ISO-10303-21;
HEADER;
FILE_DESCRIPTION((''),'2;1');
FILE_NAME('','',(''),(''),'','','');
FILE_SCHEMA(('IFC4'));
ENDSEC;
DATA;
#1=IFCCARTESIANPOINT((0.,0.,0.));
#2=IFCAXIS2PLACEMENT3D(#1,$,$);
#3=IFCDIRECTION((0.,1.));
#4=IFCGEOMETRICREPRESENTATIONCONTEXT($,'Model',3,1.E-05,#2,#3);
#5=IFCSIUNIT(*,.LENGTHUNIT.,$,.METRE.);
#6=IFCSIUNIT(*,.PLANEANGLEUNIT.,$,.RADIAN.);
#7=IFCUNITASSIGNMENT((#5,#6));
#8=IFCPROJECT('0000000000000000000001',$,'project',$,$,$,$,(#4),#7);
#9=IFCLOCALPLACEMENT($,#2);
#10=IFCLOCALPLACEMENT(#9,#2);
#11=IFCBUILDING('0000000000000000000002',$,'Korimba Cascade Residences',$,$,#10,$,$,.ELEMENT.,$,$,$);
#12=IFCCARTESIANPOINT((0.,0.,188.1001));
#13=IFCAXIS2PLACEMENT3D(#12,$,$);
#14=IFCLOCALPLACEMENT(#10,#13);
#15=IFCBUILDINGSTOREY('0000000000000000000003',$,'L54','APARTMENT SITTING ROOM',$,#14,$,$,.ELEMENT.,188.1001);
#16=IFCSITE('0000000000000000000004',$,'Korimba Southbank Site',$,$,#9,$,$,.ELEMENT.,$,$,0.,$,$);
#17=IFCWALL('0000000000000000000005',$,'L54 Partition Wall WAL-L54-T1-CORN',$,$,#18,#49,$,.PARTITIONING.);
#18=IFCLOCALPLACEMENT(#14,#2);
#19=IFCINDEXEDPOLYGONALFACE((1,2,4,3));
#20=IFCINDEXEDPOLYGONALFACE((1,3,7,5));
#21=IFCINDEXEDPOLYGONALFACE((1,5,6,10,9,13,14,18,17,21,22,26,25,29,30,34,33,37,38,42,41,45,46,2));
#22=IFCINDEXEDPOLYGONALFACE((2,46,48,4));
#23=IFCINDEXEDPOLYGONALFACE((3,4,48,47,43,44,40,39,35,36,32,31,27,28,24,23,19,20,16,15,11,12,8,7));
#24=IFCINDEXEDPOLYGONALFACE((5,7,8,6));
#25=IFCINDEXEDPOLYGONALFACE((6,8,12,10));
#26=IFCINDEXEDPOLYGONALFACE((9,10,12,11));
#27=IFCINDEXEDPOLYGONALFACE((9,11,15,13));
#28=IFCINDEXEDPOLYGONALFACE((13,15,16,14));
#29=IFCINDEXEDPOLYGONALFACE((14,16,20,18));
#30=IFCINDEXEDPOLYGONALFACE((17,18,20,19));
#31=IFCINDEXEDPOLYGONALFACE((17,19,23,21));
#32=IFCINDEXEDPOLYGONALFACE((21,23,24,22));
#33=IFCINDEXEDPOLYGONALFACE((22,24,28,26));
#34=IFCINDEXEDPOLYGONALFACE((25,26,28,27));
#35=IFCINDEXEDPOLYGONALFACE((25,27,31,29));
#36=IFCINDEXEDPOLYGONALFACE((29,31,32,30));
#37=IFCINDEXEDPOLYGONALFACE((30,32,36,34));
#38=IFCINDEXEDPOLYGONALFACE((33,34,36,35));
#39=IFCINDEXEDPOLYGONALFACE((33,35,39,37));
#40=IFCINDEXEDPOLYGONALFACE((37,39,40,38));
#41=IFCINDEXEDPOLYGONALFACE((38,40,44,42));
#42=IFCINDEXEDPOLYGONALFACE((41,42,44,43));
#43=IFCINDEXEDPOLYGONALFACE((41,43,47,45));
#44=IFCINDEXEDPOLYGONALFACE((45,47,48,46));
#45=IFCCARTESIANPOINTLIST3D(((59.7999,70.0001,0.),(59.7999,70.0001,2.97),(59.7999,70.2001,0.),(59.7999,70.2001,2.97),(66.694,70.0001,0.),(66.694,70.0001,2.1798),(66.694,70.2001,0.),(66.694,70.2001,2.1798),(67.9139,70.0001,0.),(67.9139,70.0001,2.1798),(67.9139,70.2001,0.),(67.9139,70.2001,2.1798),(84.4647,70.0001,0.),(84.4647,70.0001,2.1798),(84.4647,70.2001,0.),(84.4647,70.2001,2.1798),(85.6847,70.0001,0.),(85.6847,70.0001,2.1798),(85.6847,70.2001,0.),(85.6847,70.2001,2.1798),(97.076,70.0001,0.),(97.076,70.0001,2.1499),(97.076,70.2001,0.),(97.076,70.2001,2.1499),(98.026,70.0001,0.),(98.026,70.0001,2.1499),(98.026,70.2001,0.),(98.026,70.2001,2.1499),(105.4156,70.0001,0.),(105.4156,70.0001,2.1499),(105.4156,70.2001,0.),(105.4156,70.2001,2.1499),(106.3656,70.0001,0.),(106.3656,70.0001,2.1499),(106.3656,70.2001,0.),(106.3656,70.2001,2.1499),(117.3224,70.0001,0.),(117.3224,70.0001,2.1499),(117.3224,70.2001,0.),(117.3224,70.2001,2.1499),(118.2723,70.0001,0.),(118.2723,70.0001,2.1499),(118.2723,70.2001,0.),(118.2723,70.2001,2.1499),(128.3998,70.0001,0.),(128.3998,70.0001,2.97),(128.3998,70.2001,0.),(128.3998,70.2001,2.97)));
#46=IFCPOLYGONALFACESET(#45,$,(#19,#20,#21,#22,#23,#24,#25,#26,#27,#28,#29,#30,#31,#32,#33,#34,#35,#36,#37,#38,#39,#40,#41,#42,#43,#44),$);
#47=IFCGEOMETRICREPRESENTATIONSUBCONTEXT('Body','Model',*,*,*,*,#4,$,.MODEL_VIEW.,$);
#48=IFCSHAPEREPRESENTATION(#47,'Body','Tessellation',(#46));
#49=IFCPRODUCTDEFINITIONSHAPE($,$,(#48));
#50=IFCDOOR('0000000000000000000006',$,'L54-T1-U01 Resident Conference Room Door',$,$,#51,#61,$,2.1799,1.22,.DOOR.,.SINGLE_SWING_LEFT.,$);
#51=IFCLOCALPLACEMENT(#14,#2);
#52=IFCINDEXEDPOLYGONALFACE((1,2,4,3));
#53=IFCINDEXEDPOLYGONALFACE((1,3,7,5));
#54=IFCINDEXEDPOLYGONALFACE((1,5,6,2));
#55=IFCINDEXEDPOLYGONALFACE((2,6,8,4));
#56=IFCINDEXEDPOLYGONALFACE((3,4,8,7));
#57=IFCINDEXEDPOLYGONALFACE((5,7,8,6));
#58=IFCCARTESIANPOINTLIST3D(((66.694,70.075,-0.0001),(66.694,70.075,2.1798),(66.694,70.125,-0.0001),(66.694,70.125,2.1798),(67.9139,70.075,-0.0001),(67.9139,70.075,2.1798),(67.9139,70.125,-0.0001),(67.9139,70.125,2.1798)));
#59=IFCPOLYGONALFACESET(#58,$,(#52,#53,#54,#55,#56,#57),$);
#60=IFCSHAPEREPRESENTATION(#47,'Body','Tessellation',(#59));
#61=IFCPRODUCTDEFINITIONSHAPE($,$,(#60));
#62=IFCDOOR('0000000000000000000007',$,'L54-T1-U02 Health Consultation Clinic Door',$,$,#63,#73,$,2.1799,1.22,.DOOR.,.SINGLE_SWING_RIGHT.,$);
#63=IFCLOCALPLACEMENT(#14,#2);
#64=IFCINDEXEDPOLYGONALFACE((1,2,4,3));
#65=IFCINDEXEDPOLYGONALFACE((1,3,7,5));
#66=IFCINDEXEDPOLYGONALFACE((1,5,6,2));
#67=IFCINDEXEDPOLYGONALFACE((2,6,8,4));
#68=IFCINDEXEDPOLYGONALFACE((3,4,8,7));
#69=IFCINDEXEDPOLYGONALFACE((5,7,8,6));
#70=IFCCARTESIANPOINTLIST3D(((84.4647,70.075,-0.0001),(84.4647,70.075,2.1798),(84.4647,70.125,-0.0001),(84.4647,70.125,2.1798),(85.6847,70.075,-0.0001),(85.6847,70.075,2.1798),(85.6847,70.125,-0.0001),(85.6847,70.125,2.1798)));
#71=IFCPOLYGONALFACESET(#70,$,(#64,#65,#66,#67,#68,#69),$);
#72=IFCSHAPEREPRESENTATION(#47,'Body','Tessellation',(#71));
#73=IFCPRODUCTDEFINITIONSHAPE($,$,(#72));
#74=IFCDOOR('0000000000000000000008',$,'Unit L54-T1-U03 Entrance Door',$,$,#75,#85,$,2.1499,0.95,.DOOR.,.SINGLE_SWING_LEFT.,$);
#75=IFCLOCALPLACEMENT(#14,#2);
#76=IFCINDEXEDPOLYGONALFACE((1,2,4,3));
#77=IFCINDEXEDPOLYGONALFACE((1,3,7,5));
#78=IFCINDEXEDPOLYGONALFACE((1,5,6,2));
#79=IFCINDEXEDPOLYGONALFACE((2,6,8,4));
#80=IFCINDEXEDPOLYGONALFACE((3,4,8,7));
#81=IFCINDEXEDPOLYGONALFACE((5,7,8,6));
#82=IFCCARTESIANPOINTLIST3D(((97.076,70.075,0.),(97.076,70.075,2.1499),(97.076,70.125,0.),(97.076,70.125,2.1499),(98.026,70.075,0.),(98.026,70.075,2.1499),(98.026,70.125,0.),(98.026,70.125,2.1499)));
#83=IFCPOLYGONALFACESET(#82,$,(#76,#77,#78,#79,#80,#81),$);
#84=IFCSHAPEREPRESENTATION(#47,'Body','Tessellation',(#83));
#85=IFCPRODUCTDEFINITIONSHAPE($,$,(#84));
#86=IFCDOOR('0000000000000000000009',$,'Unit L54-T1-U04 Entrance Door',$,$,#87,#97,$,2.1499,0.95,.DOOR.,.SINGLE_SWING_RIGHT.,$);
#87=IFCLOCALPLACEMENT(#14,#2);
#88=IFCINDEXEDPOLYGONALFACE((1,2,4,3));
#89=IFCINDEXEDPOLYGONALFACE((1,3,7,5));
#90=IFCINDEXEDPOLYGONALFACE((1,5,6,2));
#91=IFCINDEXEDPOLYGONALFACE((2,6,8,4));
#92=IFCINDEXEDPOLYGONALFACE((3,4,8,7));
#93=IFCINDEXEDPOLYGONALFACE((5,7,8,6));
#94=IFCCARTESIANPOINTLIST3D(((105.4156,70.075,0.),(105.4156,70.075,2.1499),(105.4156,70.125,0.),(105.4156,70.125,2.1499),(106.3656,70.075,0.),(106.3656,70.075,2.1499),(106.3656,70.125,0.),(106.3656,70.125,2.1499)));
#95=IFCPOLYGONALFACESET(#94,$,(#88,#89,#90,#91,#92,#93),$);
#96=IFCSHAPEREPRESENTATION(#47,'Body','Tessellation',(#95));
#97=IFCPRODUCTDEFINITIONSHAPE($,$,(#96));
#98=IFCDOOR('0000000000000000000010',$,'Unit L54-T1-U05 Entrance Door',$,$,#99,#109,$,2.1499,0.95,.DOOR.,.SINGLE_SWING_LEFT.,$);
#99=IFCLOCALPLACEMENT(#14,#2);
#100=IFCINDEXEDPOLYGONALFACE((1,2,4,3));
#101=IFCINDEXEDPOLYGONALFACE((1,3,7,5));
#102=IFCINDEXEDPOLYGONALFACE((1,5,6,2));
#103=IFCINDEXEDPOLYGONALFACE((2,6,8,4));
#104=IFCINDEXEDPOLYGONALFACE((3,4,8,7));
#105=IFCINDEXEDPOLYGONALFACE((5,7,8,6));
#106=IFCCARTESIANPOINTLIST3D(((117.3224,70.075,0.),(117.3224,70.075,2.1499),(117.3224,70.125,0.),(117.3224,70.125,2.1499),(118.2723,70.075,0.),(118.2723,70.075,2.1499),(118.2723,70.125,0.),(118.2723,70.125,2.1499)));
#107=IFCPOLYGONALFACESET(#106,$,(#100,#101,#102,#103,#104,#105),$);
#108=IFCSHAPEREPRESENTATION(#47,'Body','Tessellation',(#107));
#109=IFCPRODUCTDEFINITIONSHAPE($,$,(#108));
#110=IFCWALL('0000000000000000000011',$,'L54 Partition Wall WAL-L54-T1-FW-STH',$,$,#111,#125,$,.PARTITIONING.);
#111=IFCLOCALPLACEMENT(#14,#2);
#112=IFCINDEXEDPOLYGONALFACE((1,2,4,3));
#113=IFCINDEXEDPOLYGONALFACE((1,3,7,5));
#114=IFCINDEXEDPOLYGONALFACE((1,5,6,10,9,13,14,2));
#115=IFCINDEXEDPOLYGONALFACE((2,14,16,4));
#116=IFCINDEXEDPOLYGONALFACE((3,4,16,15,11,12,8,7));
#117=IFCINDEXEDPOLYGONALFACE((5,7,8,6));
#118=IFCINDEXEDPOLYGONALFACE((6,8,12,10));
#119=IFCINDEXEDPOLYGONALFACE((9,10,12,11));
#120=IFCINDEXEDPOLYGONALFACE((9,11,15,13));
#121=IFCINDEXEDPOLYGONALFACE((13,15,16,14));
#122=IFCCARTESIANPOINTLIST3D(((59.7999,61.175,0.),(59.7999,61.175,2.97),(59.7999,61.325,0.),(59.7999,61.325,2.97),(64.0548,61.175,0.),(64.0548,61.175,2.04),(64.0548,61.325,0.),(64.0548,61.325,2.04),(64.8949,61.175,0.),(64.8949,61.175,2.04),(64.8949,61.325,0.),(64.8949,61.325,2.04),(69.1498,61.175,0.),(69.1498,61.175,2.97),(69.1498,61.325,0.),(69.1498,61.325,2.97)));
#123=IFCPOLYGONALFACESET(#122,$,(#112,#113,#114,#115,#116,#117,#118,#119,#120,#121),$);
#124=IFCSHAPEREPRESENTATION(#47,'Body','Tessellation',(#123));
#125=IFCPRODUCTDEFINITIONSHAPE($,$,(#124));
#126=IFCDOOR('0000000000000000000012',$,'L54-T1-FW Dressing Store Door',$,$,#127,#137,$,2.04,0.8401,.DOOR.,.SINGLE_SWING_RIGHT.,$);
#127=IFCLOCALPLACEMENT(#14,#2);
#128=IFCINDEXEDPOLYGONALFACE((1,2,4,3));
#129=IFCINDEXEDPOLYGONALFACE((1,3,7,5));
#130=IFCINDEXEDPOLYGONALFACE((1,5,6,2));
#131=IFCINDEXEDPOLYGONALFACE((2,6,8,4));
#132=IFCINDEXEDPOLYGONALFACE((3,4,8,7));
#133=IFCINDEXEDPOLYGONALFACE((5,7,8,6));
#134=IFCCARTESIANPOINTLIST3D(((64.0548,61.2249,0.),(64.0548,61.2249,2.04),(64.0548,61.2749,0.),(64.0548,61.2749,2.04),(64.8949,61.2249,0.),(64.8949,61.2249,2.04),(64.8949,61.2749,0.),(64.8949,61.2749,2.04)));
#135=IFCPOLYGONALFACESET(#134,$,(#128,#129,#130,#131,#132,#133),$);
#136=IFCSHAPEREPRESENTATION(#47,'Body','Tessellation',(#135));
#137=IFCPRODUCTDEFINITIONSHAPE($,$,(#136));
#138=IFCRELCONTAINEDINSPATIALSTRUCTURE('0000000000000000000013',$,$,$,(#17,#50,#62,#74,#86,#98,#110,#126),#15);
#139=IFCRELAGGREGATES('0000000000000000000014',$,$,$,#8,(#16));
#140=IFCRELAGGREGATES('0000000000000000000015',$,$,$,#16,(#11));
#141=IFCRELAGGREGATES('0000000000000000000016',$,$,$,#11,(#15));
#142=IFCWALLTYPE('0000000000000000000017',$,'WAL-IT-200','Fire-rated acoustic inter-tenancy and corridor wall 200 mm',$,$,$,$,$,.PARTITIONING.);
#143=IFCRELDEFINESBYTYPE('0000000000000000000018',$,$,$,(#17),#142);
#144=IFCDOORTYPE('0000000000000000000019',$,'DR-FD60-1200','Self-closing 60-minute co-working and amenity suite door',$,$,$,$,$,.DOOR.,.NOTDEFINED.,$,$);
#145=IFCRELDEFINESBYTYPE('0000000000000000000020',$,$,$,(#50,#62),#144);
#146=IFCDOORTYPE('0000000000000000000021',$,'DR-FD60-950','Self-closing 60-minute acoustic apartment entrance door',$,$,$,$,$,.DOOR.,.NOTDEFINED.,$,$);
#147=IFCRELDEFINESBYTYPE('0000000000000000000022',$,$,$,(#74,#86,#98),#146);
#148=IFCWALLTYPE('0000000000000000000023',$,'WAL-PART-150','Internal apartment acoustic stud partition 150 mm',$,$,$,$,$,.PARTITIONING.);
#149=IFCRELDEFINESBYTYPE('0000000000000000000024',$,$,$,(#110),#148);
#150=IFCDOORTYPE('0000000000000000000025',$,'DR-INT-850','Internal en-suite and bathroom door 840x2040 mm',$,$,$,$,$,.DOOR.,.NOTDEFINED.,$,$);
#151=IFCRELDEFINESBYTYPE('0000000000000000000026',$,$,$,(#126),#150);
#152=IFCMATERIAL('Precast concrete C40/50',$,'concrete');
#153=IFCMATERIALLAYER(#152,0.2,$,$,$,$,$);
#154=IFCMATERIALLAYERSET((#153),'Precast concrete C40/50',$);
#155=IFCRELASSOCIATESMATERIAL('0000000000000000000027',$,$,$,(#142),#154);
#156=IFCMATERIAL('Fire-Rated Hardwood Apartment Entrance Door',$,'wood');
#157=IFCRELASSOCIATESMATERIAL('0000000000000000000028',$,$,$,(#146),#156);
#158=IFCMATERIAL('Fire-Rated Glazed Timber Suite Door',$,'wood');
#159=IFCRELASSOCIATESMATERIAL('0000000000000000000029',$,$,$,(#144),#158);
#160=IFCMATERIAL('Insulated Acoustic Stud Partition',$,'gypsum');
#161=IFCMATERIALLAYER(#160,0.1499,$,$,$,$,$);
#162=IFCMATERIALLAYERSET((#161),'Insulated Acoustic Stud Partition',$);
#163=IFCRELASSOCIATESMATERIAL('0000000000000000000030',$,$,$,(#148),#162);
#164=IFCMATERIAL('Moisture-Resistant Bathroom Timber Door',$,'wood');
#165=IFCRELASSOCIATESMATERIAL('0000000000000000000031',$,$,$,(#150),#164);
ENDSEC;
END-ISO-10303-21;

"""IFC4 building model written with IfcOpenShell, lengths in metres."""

from ifc_helpers import new_model, si_unit, direction, frame, frame_2d, origin, place, context, subcontext, project, spatial, rectangle, extrude, material, layer, layer_set, type_object, element, fill, save


model = new_model("IFC4")

# Units and contexts
model_context = context("Model", 3, precision=1e-05, world=origin(), true_north=direction((0.0, 1.0)))
body_context = subcontext(model_context, "Body", "Model", "MODEL_VIEW")
ifc_project = project(units=[si_unit("LENGTHUNIT", "METRE"), si_unit("PLANEANGLEUNIT", "RADIAN")], contexts=[model_context])

# Site, building, storey
site_placement = place(None, origin())
site = spatial("IfcSite", under=ifc_project, at=site_placement, Name="Korimba Southbank Site", CompositionType="ELEMENT", RefElevation=0.0)
building_placement = place(site_placement, origin())
building = spatial("IfcBuilding", under=site, at=building_placement, Name="Korimba Cascade Residences", CompositionType="ELEMENT")
storey_placement = place(building_placement, frame((0.0, 0.0, 188.1001)))
storey = spatial("IfcBuildingStorey", under=building, at=storey_placement, Name="L54", Description="APARTMENT SITTING ROOM", CompositionType="ELEMENT", Elevation=188.1001)

# Shared definitions
ifc_material_1 = material(Name="Precast concrete C40/50", Category="concrete")

# Shared definitions
ifc_layer_1 = layer(ifc_material_1, 0.2)
ifc_layer_set_1 = layer_set([ifc_layer_1], Name="Precast concrete C40/50")
wall_type_1 = type_object("IfcWallType", Name="WAL-IT-200", Description="Fire-rated acoustic inter-tenancy and corridor wall 200 mm", PredefinedType="PARTITIONING", material=ifc_layer_set_1)
ifc_material_2 = material(Name="Fire-Rated Hardwood Apartment Entrance Door", Category="wood")
door_type_1 = type_object("IfcDoorType", Name="DR-FD60-950", Description="Self-closing 60-minute acoustic apartment entrance door", OperationType="NOTDEFINED", PredefinedType="DOOR", material=ifc_material_2)

# Wall, openings, doors
wall_1_placement = place(storey_placement, frame((59.8, 70.1001, 0.0), z_axis=(0.0, 0.0, 1.0), x_axis=(1.0, 0.0, 0.0)))
wall_1 = element("IfcWall", 1, at=wall_1_placement, inside=storey, type_object=wall_type_1, Name="L54 Partition Wall WAL-L54-T1-CORN", PredefinedType="PARTITIONING", context=body_context, shape_type="SweptSolid", body=[
    extrude(rectangle(XDim=68.5999, YDim=0.2, at=frame_2d((34.2998, 0.0))), origin(), (0.0, 0.0, 1.0), 2.97),
])
opening_1_placement = place(wall_1_placement, frame((6.894, 0.0, 0.0)))
opening_1 = element("IfcOpeningElement", 2, at=opening_1_placement, cuts=wall_1, PredefinedType="OPENING", context=body_context, shape_type="SweptSolid", body=[
    extrude(rectangle(XDim=1.22, YDim=2.1799, at=frame_2d((0.6099, 1.0898))), frame((0.0, 0.1099, 0.0), z_axis=(0.0, -1.0, 0.0), x_axis=(1.0, 0.0, 0.0)), (0.0, 0.0, 1.0), 0.22),
])
opening_2_placement = place(wall_1_placement, frame((24.6648, 0.0, 0.0)))
opening_2 = element("IfcOpeningElement", 3, at=opening_2_placement, cuts=wall_1, PredefinedType="OPENING", context=body_context, shape_type="SweptSolid", body=[
    extrude(rectangle(XDim=1.22, YDim=2.1799, at=frame_2d((0.6099, 1.0898))), frame((0.0, 0.1099, 0.0), z_axis=(0.0, -1.0, 0.0), x_axis=(1.0, 0.0, 0.0)), (0.0, 0.0, 1.0), 0.22),
])
opening_3_placement = place(wall_1_placement, frame((37.2759, 0.0, 0.0)))
opening_3 = element("IfcOpeningElement", 4, at=opening_3_placement, cuts=wall_1, PredefinedType="OPENING", context=body_context, shape_type="SweptSolid", body=[
    extrude(rectangle(XDim=0.95, YDim=2.1499, at=frame_2d((0.4751, 1.075))), frame((0.0, 0.1099, 0.0), z_axis=(0.0, -1.0, 0.0), x_axis=(1.0, 0.0, 0.0)), (0.0, 0.0, 1.0), 0.22),
])
opening_4_placement = place(wall_1_placement, frame((45.6155, 0.0, 0.0)))
opening_4 = element("IfcOpeningElement", 5, at=opening_4_placement, cuts=wall_1, PredefinedType="OPENING", context=body_context, shape_type="SweptSolid", body=[
    extrude(rectangle(XDim=0.95, YDim=2.1499, at=frame_2d((0.4751, 1.075))), frame((0.0, 0.1099, 0.0), z_axis=(0.0, -1.0, 0.0), x_axis=(1.0, 0.0, 0.0)), (0.0, 0.0, 1.0), 0.22),
])
opening_5_placement = place(wall_1_placement, frame((57.5222, 0.0, 0.0)))
opening_5 = element("IfcOpeningElement", 6, at=opening_5_placement, cuts=wall_1, PredefinedType="OPENING", context=body_context, shape_type="SweptSolid", body=[
    extrude(rectangle(XDim=0.95, YDim=2.1499, at=frame_2d((0.4751, 1.075))), frame((0.0, 0.1099, 0.0), z_axis=(0.0, -1.0, 0.0), x_axis=(1.0, 0.0, 0.0)), (0.0, 0.0, 1.0), 0.22),
])
ifc_material_3 = material(Name="Fire-Rated Glazed Timber Suite Door", Category="wood")
door_type_2 = type_object("IfcDoorType", Name="DR-FD60-1200", Description="Self-closing 60-minute co-working and amenity suite door", OperationType="NOTDEFINED", PredefinedType="DOOR", material=ifc_material_3)
door_1_placement = place(opening_1_placement, origin())
door_1 = element("IfcDoor", 7, at=door_1_placement, inside=storey, type_object=door_type_2, Name="L54-T1-U01 Resident Conference Room Door", OperationType="SINGLE_SWING_LEFT", OverallHeight=2.1799, OverallWidth=1.22, PredefinedType="DOOR", context=body_context, shape_type="SweptSolid", body=[
    extrude(rectangle(XDim=1.22, YDim=2.1799, at=frame_2d((0.6099, 1.0898))), frame((0.0, 0.0249, 0.0), z_axis=(0.0, -1.0, 0.0), x_axis=(1.0, 0.0, 0.0)), (0.0, 0.0, 1.0), 0.05),
])
fill(opening_1, door_1)
door_2_placement = place(opening_2_placement, origin())
door_2 = element("IfcDoor", 8, at=door_2_placement, inside=storey, type_object=door_type_2, Name="L54-T1-U02 Health Consultation Clinic Door", OperationType="SINGLE_SWING_RIGHT", OverallHeight=2.1799, OverallWidth=1.22, PredefinedType="DOOR", context=body_context, shape_type="SweptSolid", body=[
    extrude(rectangle(XDim=1.22, YDim=2.1799, at=frame_2d((0.6099, 1.0898))), frame((0.0, 0.0249, 0.0), z_axis=(0.0, -1.0, 0.0), x_axis=(1.0, 0.0, 0.0)), (0.0, 0.0, 1.0), 0.05),
])
fill(opening_2, door_2)
door_3_placement = place(opening_3_placement, origin())
door_3 = element("IfcDoor", 9, at=door_3_placement, inside=storey, type_object=door_type_1, Name="Unit L54-T1-U03 Entrance Door", OperationType="SINGLE_SWING_LEFT", OverallHeight=2.1499, OverallWidth=0.95, PredefinedType="DOOR", context=body_context, shape_type="SweptSolid", body=[
    extrude(rectangle(XDim=0.95, YDim=2.1499, at=frame_2d((0.4751, 1.075))), frame((0.0, 0.0249, 0.0), z_axis=(0.0, -1.0, 0.0), x_axis=(1.0, 0.0, 0.0)), (0.0, 0.0, 1.0), 0.05),
])
fill(opening_3, door_3)
door_4_placement = place(opening_4_placement, origin())
door_4 = element("IfcDoor", 10, at=door_4_placement, inside=storey, type_object=door_type_1, Name="Unit L54-T1-U04 Entrance Door", OperationType="SINGLE_SWING_RIGHT", OverallHeight=2.1499, OverallWidth=0.95, PredefinedType="DOOR", context=body_context, shape_type="SweptSolid", body=[
    extrude(rectangle(XDim=0.95, YDim=2.1499, at=frame_2d((0.4751, 1.075))), frame((0.0, 0.0249, 0.0), z_axis=(0.0, -1.0, 0.0), x_axis=(1.0, 0.0, 0.0)), (0.0, 0.0, 1.0), 0.05),
])
fill(opening_4, door_4)
door_5_placement = place(opening_5_placement, origin())
door_5 = element("IfcDoor", 11, at=door_5_placement, inside=storey, type_object=door_type_1, Name="Unit L54-T1-U05 Entrance Door", OperationType="SINGLE_SWING_LEFT", OverallHeight=2.1499, OverallWidth=0.95, PredefinedType="DOOR", context=body_context, shape_type="SweptSolid", body=[
    extrude(rectangle(XDim=0.95, YDim=2.1499, at=frame_2d((0.4751, 1.075))), frame((0.0, 0.0249, 0.0), z_axis=(0.0, -1.0, 0.0), x_axis=(1.0, 0.0, 0.0)), (0.0, 0.0, 1.0), 0.05),
])
fill(opening_5, door_5)

# Wall, opening, door
ifc_material_4 = material(Name="Insulated Acoustic Stud Partition", Category="gypsum")
ifc_layer_2 = layer(ifc_material_4, 0.1499)
ifc_layer_set_2 = layer_set([ifc_layer_2], Name="Insulated Acoustic Stud Partition")
wall_type_2 = type_object("IfcWallType", Name="WAL-PART-150", Description="Internal apartment acoustic stud partition 150 mm", PredefinedType="PARTITIONING", material=ifc_layer_set_2)
wall_2_placement = place(storey_placement, frame((59.8, 61.25, 0.0), z_axis=(0.0, 0.0, 1.0), x_axis=(1.0, 0.0, 0.0)))
wall_2 = element("IfcWall", 12, at=wall_2_placement, inside=storey, type_object=wall_type_2, Name="L54 Partition Wall WAL-L54-T1-FW-STH", PredefinedType="PARTITIONING", context=body_context, shape_type="SweptSolid", body=[
    extrude(rectangle(XDim=9.3499, YDim=0.1499, at=frame_2d((4.6748, 0.0))), origin(), (0.0, 0.0, 1.0), 2.97),
])
opening_6_placement = place(wall_2_placement, frame((4.2549, 0.0, 0.0)))
opening_6 = element("IfcOpeningElement", 13, at=opening_6_placement, cuts=wall_2, PredefinedType="OPENING", context=body_context, shape_type="SweptSolid", body=[
    extrude(rectangle(XDim=0.8401, YDim=2.04, at=frame_2d((0.4199, 1.02))), frame((0.0, 0.085, 0.0), z_axis=(0.0, -1.0, 0.0), x_axis=(1.0, 0.0, 0.0)), (0.0, 0.0, 1.0), 0.1699),
])
ifc_material_5 = material(Name="Moisture-Resistant Bathroom Timber Door", Category="wood")
door_type_3 = type_object("IfcDoorType", Name="DR-INT-850", Description="Internal en-suite and bathroom door 840x2040 mm", OperationType="NOTDEFINED", PredefinedType="DOOR", material=ifc_material_5)
door_6_placement = place(opening_6_placement, origin())
door_6 = element("IfcDoor", 14, at=door_6_placement, inside=storey, type_object=door_type_3, Name="L54-T1-FW Dressing Store Door", OperationType="SINGLE_SWING_RIGHT", OverallHeight=2.04, OverallWidth=0.8401, PredefinedType="DOOR", context=body_context, shape_type="SweptSolid", body=[
    extrude(rectangle(XDim=0.8401, YDim=2.04, at=frame_2d((0.4199, 1.02))), frame((0.0, 0.0249, 0.0), z_axis=(0.0, -1.0, 0.0), x_axis=(1.0, 0.0, 0.0)), (0.0, 0.0, 1.0), 0.05),
])
fill(opening_6, door_6)

save(model, "model.ifc")
